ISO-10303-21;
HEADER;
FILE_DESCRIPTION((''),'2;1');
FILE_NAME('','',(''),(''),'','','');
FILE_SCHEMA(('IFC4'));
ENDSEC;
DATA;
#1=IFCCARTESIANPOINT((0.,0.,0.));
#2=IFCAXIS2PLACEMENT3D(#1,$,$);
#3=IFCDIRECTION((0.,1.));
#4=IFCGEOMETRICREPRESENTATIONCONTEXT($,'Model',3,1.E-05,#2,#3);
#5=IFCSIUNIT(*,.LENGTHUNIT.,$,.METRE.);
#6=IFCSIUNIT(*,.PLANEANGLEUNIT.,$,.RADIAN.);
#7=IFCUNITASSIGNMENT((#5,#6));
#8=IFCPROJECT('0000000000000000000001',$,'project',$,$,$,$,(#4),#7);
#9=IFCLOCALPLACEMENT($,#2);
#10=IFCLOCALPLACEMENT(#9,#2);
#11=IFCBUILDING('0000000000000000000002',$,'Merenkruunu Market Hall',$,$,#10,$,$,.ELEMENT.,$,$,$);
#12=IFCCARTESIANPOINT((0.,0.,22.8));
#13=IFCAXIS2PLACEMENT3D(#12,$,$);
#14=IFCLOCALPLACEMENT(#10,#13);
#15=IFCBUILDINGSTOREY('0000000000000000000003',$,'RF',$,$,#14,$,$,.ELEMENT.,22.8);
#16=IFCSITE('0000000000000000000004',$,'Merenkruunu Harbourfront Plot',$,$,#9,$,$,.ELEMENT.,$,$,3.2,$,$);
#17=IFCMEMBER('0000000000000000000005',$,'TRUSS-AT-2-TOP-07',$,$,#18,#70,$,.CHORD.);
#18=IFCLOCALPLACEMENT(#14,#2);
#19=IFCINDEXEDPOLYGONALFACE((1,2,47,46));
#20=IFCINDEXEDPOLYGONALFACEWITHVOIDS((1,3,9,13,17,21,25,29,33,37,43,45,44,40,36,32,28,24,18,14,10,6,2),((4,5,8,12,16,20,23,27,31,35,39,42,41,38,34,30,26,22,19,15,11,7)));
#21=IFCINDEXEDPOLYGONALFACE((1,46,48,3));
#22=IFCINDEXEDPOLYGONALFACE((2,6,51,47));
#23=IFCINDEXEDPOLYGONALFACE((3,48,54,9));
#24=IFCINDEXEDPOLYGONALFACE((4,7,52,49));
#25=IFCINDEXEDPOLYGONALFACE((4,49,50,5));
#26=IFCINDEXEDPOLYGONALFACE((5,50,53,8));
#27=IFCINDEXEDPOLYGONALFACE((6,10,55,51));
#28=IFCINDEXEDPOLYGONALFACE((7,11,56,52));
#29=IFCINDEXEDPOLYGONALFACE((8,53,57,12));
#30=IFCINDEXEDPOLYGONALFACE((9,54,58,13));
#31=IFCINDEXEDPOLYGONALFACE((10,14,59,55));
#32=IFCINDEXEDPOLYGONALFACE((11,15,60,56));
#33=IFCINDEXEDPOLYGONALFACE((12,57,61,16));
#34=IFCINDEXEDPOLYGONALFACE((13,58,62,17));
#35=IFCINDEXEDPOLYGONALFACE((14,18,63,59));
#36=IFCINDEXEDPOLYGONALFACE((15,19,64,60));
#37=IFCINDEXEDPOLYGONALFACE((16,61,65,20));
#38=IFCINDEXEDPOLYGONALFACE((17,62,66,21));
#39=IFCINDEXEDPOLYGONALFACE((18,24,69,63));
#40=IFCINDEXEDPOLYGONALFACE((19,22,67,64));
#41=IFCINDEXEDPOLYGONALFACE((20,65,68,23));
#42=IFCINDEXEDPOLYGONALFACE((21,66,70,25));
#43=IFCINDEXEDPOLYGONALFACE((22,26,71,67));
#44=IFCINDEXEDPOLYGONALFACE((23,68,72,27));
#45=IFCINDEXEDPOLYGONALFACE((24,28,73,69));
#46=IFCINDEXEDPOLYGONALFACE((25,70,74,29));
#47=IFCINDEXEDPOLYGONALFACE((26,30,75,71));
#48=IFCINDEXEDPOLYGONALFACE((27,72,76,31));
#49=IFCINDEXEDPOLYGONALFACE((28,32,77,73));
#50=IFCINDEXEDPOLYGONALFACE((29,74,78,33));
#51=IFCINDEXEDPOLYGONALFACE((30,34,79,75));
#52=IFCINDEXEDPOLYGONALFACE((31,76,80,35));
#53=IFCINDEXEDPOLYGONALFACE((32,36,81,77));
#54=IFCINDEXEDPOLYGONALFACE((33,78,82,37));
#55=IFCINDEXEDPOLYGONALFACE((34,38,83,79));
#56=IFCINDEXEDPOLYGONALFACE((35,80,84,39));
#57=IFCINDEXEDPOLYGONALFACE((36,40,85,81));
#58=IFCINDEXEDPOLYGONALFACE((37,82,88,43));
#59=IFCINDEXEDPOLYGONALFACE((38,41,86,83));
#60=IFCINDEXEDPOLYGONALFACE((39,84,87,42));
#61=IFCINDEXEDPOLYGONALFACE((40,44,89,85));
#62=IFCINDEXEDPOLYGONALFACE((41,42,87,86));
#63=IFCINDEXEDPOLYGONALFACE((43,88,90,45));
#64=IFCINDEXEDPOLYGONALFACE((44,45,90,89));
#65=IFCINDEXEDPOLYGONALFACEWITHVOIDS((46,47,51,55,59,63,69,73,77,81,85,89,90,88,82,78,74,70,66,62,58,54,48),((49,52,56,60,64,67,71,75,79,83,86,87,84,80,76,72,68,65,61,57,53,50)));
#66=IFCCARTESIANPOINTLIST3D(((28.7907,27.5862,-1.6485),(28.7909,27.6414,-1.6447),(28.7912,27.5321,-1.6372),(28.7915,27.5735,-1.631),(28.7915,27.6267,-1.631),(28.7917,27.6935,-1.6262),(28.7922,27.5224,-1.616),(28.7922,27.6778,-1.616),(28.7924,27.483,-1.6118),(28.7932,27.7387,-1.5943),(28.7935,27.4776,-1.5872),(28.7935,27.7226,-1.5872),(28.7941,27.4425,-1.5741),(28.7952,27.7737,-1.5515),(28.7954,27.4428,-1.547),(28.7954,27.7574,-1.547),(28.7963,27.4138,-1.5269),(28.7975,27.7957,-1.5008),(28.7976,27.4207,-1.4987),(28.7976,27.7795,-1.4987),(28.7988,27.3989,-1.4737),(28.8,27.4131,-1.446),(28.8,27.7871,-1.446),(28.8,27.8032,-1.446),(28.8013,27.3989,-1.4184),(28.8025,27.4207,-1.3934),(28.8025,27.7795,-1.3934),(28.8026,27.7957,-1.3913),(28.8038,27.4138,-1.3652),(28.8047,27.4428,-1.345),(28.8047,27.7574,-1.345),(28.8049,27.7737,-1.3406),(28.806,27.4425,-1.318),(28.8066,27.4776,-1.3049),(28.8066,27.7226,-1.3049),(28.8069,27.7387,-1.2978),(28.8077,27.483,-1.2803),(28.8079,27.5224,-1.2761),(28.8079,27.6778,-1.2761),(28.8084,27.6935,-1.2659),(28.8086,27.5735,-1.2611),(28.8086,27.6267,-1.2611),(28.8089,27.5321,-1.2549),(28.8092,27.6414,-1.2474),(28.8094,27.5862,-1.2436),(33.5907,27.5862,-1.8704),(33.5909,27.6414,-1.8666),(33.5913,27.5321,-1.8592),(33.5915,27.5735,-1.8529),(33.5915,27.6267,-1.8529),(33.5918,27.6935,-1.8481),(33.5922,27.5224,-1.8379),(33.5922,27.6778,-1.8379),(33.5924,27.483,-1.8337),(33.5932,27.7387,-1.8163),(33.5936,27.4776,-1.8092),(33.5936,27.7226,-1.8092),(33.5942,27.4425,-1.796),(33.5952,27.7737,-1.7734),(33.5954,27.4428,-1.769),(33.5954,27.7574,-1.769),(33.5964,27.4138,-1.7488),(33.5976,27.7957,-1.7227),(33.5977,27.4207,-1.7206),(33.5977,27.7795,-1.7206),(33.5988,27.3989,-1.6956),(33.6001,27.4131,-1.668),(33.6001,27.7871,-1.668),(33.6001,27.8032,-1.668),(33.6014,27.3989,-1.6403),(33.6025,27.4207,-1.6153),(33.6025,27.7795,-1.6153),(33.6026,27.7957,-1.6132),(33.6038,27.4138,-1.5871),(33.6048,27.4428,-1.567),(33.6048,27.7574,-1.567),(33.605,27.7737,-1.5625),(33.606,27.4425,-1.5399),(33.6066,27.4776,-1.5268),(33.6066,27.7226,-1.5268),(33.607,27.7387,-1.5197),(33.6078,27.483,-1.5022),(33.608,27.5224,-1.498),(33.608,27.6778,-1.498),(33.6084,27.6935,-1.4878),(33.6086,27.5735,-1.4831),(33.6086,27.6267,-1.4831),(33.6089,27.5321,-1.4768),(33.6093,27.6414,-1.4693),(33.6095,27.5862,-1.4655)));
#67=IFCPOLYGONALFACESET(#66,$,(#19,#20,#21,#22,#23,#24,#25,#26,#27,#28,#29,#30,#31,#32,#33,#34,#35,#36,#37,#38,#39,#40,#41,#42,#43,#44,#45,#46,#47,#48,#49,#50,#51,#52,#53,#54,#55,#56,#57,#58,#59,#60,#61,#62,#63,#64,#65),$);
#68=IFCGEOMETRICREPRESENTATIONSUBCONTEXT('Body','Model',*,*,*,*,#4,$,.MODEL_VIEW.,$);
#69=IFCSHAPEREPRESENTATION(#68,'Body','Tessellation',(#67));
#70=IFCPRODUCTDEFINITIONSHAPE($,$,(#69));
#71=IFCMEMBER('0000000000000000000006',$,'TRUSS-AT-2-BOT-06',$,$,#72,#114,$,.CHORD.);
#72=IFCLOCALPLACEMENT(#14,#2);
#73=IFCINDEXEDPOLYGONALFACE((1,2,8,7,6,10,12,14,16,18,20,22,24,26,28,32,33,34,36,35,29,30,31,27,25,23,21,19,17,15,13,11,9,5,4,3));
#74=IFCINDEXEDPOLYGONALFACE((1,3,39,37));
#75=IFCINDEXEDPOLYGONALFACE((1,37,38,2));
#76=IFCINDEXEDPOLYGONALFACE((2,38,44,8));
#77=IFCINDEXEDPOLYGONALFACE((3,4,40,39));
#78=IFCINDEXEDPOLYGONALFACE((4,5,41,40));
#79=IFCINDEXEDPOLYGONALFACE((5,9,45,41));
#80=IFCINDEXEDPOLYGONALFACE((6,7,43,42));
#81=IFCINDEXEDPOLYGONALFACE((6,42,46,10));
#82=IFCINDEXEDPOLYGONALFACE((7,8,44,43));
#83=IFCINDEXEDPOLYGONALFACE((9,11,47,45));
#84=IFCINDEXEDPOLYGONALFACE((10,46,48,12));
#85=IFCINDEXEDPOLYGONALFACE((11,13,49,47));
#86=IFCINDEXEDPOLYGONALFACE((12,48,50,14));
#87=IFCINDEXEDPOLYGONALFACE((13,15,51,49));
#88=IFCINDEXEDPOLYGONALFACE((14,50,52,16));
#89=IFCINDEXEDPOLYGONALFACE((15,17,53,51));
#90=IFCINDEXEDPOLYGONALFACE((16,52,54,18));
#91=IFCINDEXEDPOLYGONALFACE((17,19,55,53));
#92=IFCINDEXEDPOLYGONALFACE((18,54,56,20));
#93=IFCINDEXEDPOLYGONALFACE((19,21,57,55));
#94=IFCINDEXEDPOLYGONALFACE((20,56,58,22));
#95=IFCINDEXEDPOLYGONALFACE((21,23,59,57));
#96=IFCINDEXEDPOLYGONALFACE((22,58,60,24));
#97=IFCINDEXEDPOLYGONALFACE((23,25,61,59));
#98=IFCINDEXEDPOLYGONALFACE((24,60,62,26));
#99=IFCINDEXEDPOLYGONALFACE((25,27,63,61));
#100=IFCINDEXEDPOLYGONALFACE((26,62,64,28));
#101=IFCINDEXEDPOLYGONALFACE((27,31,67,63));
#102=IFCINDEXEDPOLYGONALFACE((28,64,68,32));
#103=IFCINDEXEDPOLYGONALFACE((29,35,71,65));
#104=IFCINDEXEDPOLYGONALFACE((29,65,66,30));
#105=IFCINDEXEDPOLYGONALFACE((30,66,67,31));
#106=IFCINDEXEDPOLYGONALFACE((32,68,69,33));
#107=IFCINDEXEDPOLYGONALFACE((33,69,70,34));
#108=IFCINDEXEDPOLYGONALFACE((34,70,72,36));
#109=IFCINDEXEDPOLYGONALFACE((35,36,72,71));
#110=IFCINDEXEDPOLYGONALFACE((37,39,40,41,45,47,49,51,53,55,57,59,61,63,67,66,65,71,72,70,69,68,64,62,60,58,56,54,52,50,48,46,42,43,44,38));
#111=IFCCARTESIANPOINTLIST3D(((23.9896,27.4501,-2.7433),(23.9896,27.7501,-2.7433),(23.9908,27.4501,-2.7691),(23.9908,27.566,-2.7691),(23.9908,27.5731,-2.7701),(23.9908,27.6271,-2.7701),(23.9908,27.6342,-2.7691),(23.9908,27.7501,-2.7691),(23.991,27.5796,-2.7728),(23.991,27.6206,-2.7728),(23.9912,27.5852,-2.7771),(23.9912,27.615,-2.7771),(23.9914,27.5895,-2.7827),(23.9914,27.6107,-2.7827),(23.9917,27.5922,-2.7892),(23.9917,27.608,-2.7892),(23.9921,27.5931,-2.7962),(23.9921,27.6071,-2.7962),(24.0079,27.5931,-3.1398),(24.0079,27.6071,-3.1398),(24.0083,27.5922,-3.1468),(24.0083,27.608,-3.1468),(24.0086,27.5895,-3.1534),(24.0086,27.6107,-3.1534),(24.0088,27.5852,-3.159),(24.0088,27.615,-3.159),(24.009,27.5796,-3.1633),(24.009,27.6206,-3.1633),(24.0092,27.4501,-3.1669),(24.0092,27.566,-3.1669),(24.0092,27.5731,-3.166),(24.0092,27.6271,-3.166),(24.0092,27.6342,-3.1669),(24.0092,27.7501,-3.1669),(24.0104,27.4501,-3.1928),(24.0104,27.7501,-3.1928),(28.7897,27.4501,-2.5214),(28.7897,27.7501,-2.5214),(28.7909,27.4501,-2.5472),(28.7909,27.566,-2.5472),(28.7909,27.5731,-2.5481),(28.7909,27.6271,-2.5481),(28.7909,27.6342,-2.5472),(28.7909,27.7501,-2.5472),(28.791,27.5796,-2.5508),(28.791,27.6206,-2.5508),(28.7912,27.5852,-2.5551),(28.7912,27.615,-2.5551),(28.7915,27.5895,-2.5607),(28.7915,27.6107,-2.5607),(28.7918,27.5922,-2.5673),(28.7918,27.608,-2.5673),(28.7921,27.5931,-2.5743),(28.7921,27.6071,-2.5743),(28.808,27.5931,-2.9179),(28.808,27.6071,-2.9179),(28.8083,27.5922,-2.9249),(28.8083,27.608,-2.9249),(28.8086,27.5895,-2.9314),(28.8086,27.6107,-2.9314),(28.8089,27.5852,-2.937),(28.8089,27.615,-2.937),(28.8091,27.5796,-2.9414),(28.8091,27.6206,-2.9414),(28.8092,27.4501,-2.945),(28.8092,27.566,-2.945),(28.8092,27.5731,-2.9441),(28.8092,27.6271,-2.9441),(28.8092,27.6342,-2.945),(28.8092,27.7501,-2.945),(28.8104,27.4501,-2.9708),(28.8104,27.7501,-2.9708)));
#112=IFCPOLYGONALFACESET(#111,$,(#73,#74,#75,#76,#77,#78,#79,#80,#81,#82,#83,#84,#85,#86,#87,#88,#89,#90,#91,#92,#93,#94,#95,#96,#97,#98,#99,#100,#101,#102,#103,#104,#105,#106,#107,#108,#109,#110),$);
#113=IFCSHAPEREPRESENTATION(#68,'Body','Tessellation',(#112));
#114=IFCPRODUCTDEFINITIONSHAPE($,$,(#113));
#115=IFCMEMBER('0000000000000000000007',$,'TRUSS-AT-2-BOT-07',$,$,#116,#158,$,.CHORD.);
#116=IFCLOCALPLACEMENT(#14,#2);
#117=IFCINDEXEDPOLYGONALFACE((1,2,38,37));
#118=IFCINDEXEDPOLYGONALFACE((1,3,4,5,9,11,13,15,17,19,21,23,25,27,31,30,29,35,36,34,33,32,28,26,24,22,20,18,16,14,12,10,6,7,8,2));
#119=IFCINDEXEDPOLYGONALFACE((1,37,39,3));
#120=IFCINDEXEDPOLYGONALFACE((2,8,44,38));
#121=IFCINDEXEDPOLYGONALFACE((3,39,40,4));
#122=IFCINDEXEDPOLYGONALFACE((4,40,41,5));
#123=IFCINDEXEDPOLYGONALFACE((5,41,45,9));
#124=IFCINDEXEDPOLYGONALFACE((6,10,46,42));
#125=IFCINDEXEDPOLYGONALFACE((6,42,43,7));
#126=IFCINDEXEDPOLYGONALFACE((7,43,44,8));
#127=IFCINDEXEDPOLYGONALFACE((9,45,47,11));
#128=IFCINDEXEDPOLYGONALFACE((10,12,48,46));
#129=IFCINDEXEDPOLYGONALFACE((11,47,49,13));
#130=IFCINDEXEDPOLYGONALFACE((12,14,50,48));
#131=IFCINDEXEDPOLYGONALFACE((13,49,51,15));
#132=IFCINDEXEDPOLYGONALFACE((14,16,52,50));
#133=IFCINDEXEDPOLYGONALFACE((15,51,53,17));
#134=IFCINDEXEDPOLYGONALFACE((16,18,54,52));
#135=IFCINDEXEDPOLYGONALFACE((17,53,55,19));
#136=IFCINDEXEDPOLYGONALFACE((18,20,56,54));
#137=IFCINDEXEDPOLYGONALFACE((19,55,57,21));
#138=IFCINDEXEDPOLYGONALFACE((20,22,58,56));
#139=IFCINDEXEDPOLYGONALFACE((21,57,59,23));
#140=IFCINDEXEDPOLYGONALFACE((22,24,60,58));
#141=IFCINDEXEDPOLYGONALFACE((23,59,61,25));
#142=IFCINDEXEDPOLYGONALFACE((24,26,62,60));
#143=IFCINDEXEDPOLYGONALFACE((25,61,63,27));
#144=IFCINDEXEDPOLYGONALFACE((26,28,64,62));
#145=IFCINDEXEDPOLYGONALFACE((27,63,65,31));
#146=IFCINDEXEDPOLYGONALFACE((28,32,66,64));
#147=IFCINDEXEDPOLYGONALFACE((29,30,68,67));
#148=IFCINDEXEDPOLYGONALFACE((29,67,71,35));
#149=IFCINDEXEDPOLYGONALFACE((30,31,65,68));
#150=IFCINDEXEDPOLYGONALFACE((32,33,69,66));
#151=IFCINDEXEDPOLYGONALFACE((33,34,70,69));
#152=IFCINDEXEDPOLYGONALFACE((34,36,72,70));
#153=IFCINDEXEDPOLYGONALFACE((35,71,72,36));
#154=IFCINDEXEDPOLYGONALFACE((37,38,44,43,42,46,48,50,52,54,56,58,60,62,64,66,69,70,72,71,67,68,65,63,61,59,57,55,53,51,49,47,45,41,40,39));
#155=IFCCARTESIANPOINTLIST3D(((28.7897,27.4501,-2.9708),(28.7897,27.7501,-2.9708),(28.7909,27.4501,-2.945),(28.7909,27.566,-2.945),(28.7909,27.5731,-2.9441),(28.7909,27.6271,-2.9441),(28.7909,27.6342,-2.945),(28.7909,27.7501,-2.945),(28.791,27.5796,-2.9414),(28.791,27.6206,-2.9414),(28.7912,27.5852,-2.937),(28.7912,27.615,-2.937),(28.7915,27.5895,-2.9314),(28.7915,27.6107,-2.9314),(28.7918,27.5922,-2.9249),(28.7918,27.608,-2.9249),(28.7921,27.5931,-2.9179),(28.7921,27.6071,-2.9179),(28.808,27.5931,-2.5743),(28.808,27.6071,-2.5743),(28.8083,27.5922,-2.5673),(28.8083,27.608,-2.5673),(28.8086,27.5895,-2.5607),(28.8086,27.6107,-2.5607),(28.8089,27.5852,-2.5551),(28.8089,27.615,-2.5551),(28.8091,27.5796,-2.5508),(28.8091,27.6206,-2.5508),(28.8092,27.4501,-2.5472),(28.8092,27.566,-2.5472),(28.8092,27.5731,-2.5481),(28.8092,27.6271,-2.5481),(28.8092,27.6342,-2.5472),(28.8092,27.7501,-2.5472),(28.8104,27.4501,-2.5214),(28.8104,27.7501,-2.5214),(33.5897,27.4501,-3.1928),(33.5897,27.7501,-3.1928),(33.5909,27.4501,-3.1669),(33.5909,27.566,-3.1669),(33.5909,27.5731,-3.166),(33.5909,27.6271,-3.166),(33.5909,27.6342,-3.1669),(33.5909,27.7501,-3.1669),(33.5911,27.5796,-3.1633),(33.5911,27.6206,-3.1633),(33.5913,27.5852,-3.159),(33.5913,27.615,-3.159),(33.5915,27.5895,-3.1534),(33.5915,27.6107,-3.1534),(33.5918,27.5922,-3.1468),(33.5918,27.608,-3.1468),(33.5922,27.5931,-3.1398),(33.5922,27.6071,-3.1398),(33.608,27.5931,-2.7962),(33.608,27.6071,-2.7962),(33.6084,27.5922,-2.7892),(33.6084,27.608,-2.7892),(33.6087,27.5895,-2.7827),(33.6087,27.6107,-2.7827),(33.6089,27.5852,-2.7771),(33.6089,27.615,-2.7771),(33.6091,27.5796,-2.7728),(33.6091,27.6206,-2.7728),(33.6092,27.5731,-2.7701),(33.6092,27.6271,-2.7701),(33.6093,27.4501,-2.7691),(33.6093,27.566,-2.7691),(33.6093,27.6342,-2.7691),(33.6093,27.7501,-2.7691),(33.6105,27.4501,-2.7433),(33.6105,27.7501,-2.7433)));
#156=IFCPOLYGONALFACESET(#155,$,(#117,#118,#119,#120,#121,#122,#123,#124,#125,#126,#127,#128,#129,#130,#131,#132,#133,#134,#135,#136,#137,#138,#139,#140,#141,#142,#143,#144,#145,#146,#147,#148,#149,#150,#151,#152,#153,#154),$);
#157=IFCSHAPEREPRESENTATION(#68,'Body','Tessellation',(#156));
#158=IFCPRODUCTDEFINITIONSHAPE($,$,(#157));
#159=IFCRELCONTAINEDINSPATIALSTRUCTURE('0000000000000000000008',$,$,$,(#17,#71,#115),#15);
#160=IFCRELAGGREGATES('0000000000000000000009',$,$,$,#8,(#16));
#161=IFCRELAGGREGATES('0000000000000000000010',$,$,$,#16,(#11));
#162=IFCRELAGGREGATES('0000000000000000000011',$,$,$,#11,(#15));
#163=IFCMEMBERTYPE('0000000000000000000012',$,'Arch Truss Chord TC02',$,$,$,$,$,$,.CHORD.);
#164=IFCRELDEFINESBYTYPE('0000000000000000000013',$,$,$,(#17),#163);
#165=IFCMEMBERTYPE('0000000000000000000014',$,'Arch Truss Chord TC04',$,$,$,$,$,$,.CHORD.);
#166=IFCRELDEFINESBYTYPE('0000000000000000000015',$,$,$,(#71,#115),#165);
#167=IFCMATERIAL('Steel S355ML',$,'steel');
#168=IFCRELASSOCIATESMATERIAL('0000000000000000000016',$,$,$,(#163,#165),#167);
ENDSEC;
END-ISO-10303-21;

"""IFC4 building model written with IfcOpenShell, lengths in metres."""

from ifc_helpers import new_model, si_unit, direction, frame, origin, origin_2d, place, context, subcontext, project, spatial, hollow_circle, i_section, extrude, material, material_profile, profile_set, type_object, element, save


model = new_model("IFC4")

# Units and contexts
model_context = context("Model", 3, precision=1e-05, world=origin(), true_north=direction((0.0, 1.0)))
body_context = subcontext(model_context, "Body", "Model", "MODEL_VIEW")
ifc_project = project(units=[si_unit("LENGTHUNIT", "METRE"), si_unit("PLANEANGLEUNIT", "RADIAN")], contexts=[model_context])

# Site, building, storey
site_placement = place(None, origin())
site = spatial("IfcSite", under=ifc_project, at=site_placement, Name="Merenkruunu Harbourfront Plot", CompositionType="ELEMENT", RefElevation=3.2)
building_placement = place(site_placement, origin())
building = spatial("IfcBuilding", under=site, at=building_placement, Name="Merenkruunu Market Hall", CompositionType="ELEMENT")
storey_placement = place(building_placement, frame((0.0, 0.0, 22.8)))
storey = spatial("IfcBuildingStorey", under=building, at=storey_placement, Name="RF", CompositionType="ELEMENT", Elevation=22.8)

# Members
ifc_material_1 = material(Name="Steel S355ML", Category="steel")
ifc_material_profile_1 = material_profile(ifc_material_1, hollow_circle(Radius=0.2031, WallThickness=0.0161, at=origin_2d()), Name="CHS 406.4x16")
ifc_profile_set_1 = profile_set([ifc_material_profile_1], Name="Steel S355ML")
member_type_1 = type_object("IfcMemberType", Name="Arch Truss Chord TC02", PredefinedType="CHORD", material=ifc_profile_set_1)
member_1_placement = place(storey_placement, frame((28.8, 27.6001, -1.446), z_axis=(0.998933, 0.0, -0.046184), x_axis=(0.0, 1.0, 0.0)))
element("IfcMember", 1, at=member_1_placement, inside=storey, type_object=member_type_1, Name="TRUSS-AT-2-TOP-07", PredefinedType="CHORD", context=body_context, shape_type="SweptSolid", body=[
    extrude(hollow_circle(Radius=0.2031, WallThickness=0.0161, at=origin_2d()), origin(), (0.0, 0.0, 1.0), 4.8052),
])
ifc_material_profile_2 = material_profile(ifc_material_1, i_section(OverallWidth=0.3, OverallDepth=0.45, WebThickness=0.0139, FlangeThickness=0.0259, FilletRadius=0.0271, at=origin_2d()), Name="HEB 450")
ifc_profile_set_2 = profile_set([ifc_material_profile_2], Name="Steel S355ML")
member_type_2 = type_object("IfcMemberType", Name="Arch Truss Chord TC04", PredefinedType="CHORD", material=ifc_profile_set_2)
for number, where, z_axis, x_axis, name in (
    (2, (24.0, 27.6001, -2.968), (0.998933, 0.0, 0.046184), (0.0, 1.0, 0.0), "TRUSS-AT-2-BOT-06"),
    (3, (28.8, 27.6001, -2.7461), (0.998933, 0.0, -0.046184), (0.0, 1.0, 0.0), "TRUSS-AT-2-BOT-07"),
):
    element("IfcMember", number, at=place(storey_placement, frame(where, z_axis=z_axis, x_axis=x_axis)), inside=storey, type_object=member_type_2, Name=name, PredefinedType="CHORD", context=body_context, shape_type="SweptSolid", body=[
        extrude(i_section(OverallWidth=0.3, OverallDepth=0.45, WebThickness=0.0139, FlangeThickness=0.0259, FilletRadius=0.0271, at=origin_2d()), origin(), (0.0, 0.0, 1.0), 4.8052),
    ])

save(model, "model.ifc")
